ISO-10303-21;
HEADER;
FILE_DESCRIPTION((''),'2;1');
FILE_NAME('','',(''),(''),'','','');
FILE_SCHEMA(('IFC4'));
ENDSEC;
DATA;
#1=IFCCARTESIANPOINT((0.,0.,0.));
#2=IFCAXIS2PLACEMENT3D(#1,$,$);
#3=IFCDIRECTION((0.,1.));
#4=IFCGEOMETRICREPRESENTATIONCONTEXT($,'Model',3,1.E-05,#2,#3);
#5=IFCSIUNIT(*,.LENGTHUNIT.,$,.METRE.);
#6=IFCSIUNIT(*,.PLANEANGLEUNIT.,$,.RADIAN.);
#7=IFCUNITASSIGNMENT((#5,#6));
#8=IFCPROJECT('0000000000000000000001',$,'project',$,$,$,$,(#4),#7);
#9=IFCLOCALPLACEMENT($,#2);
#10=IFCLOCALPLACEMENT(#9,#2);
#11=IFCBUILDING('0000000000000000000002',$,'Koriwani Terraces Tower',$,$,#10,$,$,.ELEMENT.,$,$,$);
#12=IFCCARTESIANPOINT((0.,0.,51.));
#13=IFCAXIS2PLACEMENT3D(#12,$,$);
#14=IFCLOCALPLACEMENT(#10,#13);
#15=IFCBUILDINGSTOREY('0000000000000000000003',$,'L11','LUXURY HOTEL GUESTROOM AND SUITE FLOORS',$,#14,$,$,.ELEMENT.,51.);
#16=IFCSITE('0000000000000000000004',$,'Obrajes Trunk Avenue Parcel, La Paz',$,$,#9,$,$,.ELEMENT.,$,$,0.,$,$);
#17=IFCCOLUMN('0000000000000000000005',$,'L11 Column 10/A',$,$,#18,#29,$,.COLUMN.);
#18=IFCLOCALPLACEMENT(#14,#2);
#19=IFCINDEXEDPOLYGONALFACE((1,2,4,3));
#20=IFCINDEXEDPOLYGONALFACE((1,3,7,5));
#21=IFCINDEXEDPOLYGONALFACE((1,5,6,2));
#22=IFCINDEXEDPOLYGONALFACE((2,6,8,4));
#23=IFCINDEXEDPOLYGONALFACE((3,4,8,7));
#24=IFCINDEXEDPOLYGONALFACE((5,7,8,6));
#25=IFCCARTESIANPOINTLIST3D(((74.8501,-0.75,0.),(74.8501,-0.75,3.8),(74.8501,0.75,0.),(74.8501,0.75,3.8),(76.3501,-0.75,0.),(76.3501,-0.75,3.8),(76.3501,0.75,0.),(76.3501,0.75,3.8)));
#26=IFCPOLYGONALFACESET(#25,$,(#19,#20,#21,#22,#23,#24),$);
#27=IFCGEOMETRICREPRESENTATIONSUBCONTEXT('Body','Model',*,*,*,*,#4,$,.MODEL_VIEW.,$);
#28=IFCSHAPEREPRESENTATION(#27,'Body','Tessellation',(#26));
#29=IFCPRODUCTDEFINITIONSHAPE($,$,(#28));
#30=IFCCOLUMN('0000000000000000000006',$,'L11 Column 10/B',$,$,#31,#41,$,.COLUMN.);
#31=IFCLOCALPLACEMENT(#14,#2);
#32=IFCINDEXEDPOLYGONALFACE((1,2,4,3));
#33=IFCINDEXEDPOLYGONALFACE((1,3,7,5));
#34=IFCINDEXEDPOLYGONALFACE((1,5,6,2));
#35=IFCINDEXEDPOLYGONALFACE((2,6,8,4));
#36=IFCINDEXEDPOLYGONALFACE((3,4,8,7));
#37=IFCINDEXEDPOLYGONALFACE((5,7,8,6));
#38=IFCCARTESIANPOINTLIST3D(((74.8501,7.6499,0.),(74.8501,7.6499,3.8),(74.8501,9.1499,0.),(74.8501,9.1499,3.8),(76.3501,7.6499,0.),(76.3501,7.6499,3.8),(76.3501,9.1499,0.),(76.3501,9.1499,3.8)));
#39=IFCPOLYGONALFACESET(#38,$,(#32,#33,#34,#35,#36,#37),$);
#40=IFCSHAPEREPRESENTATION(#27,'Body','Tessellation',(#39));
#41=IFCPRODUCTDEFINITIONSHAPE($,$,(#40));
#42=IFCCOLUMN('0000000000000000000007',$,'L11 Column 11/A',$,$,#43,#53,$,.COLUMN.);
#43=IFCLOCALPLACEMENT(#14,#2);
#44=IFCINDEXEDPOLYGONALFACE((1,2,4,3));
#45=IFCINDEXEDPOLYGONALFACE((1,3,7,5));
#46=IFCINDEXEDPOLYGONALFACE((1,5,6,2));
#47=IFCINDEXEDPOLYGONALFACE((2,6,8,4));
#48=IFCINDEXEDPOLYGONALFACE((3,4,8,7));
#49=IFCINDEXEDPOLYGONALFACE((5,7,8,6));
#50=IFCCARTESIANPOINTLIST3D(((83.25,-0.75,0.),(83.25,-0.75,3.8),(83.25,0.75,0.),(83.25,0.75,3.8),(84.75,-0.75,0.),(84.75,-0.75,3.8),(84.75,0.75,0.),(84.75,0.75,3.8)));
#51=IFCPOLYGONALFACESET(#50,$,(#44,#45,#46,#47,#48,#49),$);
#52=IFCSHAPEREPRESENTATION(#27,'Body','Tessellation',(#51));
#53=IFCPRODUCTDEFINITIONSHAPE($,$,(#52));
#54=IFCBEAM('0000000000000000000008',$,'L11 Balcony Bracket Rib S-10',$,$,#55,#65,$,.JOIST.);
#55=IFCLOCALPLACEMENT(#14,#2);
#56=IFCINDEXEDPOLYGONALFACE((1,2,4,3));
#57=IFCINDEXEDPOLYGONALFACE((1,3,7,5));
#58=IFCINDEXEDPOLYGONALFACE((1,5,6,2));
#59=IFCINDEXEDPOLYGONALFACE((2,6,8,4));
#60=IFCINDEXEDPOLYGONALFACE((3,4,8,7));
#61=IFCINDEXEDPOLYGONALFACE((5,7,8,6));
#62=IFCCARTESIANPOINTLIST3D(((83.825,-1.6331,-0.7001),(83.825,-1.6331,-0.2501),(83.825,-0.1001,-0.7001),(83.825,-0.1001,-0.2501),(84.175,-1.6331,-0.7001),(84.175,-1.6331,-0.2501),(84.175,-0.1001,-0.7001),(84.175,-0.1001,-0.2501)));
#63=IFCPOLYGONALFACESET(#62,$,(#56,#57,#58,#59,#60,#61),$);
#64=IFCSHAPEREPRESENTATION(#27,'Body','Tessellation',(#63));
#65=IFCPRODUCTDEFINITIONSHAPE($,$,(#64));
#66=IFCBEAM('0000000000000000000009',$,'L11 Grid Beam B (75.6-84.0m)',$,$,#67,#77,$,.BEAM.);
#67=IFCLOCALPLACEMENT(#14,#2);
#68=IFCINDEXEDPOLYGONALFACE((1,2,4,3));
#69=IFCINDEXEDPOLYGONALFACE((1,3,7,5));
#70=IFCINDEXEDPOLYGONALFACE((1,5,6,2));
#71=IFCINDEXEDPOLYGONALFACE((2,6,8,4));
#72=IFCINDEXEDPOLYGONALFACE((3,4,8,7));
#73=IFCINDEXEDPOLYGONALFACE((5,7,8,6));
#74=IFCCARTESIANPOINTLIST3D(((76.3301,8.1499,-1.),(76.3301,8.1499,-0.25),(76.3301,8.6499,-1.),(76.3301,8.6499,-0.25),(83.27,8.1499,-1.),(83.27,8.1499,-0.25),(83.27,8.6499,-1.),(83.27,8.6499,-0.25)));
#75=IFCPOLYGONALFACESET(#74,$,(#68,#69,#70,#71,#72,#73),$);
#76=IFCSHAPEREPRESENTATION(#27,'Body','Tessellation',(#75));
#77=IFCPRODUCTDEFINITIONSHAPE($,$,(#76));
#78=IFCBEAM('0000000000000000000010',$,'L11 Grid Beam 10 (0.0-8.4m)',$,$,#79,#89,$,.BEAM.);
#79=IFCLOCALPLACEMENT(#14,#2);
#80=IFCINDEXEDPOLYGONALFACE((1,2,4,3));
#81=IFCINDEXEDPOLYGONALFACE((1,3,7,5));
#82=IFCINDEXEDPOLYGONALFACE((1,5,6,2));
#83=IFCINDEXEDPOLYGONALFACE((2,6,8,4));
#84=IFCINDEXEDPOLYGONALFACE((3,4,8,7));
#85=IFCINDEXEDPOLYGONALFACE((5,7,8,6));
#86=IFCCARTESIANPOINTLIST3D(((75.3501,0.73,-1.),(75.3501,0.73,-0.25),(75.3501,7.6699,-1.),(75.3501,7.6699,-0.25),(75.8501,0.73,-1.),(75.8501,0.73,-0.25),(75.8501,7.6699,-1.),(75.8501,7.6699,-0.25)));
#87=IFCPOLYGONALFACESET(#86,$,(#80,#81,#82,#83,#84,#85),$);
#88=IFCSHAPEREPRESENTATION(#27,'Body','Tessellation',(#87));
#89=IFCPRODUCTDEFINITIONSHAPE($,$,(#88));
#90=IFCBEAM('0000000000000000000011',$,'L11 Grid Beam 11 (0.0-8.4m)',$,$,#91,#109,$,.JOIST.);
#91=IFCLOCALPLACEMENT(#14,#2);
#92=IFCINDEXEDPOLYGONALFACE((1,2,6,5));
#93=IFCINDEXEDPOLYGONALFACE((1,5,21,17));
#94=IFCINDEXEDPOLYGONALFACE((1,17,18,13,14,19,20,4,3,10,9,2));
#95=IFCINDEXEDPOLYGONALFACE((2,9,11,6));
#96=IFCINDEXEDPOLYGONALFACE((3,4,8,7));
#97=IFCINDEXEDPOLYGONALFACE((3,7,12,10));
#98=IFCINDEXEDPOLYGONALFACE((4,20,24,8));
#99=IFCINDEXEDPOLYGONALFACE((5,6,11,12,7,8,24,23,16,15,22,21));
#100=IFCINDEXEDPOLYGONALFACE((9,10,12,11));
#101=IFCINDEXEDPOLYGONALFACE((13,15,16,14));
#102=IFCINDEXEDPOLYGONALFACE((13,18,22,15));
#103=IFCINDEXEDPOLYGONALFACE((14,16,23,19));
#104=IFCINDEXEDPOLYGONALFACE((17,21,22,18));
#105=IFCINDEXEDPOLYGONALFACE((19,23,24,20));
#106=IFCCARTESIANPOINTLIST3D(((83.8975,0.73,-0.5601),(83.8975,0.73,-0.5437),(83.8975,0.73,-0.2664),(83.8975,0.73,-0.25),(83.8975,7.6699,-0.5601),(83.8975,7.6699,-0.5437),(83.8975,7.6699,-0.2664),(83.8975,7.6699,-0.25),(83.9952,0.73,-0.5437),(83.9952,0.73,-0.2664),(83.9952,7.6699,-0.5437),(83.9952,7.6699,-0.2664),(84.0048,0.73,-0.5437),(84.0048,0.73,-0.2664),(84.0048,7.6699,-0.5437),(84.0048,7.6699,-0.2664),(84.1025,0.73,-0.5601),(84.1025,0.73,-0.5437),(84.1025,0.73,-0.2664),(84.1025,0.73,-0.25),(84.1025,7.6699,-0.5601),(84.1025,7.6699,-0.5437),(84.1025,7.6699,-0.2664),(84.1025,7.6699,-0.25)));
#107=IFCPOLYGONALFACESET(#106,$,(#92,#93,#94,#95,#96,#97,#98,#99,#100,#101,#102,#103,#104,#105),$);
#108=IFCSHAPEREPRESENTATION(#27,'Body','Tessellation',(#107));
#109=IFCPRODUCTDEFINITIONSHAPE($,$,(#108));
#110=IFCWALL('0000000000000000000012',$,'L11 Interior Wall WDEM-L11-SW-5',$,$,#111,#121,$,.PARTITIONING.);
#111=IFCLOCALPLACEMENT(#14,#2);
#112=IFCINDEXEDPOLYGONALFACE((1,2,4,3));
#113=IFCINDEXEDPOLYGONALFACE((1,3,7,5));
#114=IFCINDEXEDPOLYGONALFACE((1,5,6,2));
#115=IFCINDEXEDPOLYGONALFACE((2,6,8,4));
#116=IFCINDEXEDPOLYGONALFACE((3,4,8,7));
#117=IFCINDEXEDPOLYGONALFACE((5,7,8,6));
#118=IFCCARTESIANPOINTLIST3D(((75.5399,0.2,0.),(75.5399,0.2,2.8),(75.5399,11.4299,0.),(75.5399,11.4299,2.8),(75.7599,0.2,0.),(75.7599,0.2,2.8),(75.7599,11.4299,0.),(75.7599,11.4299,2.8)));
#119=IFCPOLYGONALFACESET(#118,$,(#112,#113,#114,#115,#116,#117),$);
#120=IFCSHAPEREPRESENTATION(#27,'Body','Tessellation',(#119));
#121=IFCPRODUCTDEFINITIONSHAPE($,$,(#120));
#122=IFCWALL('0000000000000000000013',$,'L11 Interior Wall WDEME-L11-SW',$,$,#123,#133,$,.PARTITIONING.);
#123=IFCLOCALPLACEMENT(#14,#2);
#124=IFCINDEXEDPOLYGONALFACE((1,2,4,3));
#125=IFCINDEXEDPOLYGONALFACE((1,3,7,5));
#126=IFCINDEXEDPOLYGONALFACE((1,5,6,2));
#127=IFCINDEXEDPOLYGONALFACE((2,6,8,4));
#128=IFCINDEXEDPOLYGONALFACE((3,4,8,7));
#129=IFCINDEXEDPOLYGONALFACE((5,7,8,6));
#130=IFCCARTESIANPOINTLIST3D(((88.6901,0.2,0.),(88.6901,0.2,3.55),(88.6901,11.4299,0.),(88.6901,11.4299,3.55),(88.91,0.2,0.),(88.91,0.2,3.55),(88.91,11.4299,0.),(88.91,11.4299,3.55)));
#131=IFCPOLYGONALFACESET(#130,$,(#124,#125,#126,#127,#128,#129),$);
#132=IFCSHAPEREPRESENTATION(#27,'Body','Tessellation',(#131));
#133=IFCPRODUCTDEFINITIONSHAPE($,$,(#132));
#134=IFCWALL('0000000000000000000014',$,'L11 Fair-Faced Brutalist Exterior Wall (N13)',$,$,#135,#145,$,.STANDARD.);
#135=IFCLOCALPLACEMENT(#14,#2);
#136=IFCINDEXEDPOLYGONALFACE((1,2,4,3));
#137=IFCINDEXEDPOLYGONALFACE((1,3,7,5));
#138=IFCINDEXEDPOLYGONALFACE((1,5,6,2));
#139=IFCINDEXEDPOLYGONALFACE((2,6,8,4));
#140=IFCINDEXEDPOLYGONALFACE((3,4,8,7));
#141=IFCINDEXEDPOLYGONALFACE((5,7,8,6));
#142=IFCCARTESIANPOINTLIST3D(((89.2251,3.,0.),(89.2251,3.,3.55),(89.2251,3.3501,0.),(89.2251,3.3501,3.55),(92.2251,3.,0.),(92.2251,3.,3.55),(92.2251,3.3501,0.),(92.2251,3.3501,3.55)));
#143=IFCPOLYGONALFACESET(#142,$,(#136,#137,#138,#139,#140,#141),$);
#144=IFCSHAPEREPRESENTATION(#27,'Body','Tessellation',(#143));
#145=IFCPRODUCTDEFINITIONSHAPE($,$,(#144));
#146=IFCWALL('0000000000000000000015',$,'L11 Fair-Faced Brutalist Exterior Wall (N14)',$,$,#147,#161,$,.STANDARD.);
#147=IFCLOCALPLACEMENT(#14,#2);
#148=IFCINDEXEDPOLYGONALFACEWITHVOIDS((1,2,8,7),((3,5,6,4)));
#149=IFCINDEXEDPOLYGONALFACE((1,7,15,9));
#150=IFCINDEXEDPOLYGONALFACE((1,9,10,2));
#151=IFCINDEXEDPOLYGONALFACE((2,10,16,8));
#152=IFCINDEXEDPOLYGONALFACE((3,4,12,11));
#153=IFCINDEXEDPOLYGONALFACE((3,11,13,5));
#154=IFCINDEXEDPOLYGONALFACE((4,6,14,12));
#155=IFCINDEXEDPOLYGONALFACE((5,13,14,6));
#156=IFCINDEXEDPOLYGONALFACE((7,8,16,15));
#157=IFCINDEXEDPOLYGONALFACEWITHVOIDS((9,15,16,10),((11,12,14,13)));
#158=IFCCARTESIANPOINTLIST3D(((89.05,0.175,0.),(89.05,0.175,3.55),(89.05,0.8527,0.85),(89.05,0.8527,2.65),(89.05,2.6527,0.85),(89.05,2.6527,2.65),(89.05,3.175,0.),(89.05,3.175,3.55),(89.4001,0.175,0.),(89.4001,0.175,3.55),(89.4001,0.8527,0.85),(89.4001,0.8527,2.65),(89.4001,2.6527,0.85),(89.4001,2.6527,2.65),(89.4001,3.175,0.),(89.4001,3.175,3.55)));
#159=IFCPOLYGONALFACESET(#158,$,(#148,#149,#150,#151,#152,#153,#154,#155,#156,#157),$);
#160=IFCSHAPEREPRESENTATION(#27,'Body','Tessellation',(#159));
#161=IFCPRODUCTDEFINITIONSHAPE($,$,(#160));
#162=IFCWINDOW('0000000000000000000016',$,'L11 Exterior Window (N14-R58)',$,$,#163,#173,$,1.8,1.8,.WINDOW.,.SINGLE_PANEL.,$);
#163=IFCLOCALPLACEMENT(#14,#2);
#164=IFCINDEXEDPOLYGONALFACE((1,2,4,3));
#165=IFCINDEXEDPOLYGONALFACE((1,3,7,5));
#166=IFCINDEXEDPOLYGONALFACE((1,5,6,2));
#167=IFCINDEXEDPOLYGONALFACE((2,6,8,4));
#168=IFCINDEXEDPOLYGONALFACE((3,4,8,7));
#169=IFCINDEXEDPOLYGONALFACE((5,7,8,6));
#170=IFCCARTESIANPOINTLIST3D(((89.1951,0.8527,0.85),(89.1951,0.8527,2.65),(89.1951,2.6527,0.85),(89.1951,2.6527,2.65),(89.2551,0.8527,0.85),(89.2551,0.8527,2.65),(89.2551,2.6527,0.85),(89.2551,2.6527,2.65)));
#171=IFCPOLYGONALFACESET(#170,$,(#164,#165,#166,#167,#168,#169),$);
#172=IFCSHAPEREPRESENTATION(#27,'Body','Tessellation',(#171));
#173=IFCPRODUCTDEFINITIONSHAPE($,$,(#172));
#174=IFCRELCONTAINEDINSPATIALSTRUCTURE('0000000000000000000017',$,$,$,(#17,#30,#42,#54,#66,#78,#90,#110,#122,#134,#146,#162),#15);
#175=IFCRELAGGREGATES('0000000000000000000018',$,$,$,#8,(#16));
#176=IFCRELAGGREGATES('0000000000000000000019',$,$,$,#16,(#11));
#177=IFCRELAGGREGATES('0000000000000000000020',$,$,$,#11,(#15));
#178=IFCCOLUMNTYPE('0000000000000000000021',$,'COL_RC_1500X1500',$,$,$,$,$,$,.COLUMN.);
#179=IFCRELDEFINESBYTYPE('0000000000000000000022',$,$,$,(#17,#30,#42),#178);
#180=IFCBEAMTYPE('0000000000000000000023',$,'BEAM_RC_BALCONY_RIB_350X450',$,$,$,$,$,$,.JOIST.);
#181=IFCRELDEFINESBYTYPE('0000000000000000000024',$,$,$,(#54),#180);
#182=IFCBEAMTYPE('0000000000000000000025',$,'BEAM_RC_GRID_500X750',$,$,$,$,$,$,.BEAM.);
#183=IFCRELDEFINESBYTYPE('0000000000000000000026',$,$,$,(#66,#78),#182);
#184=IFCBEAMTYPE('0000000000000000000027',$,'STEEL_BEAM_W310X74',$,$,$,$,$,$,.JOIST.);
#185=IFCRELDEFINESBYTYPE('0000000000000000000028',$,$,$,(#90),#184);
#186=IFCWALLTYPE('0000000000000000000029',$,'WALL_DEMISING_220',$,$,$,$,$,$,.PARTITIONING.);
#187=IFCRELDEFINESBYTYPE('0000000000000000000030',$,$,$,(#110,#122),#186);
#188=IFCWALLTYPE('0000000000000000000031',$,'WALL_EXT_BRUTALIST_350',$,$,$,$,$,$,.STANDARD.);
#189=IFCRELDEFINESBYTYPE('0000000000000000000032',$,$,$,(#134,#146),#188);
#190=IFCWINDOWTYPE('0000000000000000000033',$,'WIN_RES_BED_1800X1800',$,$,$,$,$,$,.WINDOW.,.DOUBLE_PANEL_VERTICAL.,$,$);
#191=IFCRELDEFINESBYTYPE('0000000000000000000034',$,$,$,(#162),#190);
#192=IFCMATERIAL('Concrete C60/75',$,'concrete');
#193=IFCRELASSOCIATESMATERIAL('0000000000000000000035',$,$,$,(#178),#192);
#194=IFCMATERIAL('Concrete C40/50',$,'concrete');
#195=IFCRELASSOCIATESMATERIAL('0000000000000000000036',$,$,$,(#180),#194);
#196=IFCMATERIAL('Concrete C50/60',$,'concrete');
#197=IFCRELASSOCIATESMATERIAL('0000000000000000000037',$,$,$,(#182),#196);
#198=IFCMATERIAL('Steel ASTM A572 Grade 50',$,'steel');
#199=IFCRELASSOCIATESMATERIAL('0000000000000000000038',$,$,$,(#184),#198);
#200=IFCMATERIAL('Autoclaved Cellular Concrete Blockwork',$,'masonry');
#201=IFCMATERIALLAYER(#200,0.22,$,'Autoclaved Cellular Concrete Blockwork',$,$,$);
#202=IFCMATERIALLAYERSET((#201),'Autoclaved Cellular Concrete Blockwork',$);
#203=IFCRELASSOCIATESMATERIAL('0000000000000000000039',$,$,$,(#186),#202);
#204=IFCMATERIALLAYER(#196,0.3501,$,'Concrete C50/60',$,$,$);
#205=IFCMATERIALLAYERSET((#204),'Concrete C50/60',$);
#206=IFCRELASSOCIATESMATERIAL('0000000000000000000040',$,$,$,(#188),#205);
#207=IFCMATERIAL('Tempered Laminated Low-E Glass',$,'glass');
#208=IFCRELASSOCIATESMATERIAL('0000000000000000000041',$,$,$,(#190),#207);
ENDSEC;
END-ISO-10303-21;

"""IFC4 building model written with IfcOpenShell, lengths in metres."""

from ifc_helpers import new_model, si_unit, direction, frame, frame_2d, origin, origin_2d, place, context, subcontext, project, spatial, rectangle, i_section, extrude, material, layer, layer_set, material_profile, profile_set, type_object, element, fill, save


model = new_model("IFC4")

# Units and contexts
model_context = context("Model", 3, precision=1e-05, world=origin(), true_north=direction((0.0, 1.0)))
body_context = subcontext(model_context, "Body", "Model", "MODEL_VIEW")
ifc_project = project(units=[si_unit("LENGTHUNIT", "METRE"), si_unit("PLANEANGLEUNIT", "RADIAN")], contexts=[model_context])

# Site, building, storey
site_placement = place(None, origin())
site = spatial("IfcSite", under=ifc_project, at=site_placement, Name="Obrajes Trunk Avenue Parcel, La Paz", CompositionType="ELEMENT", RefElevation=0.0)
building_placement = place(site_placement, origin())
building = spatial("IfcBuilding", under=site, at=building_placement, Name="Koriwani Terraces Tower", CompositionType="ELEMENT")
storey_placement = place(building_placement, frame((0.0, 0.0, 51.0)))
storey = spatial("IfcBuildingStorey", under=building, at=storey_placement, Name="L11", Description="LUXURY HOTEL GUESTROOM AND SUITE FLOORS", CompositionType="ELEMENT", Elevation=51.0)

# Columns
ifc_material_1 = material(Name="Concrete C60/75", Category="concrete")
ifc_material_profile_1 = material_profile(ifc_material_1, rectangle(XDim=1.5, YDim=1.5, at=origin_2d()), Name="Concrete C60/75", Category="LoadBearing")
ifc_profile_set_1 = profile_set([ifc_material_profile_1], Name="Concrete C60/75")
column_type = type_object("IfcColumnType", Name="COL_RC_1500X1500", PredefinedType="COLUMN", material=ifc_profile_set_1)
for number, where, z_axis, x_axis, name in (
    (1, (75.6001, 0.0, 0.0), (0.0, 0.0, 1.0), (1.0, 0.0, 0.0), "L11 Column 10/A"),
    (2, (75.6001, 8.3999, 0.0), (0.0, 0.0, 1.0), (1.0, 0.0, 0.0), "L11 Column 10/B"),
    (3, (84.0, 0.0, 0.0), (0.0, 0.0, 1.0), (1.0, 0.0, 0.0), "L11 Column 11/A"),
):
    element("IfcColumn", number, at=place(storey_placement, frame(where, z_axis=z_axis, x_axis=x_axis)), inside=storey, type_object=column_type, Name=name, PredefinedType="COLUMN", context=body_context, shape_type="SweptSolid", body=[
        extrude(rectangle(XDim=1.5, YDim=1.5, at=origin_2d()), origin(), (0.0, 0.0, 1.0), 3.8),
    ])

# Beams
ifc_material_2 = material(Name="Concrete C40/50", Category="concrete")
ifc_material_profile_2 = material_profile(ifc_material_2, rectangle(XDim=0.3501, YDim=0.45, at=origin_2d()), Name="Concrete C40/50", Category="LoadBearing")
ifc_profile_set_2 = profile_set([ifc_material_profile_2], Name="Concrete C40/50")
beam_type_1 = type_object("IfcBeamType", Name="BEAM_RC_BALCONY_RIB_350X450", PredefinedType="JOIST", material=ifc_profile_set_2)
beam_1_placement = place(storey_placement, frame((84.0, -1.6331, -0.4751), z_axis=(0.0, 1.0, 0.0), x_axis=(-1.0, 0.0, 0.0)))
element("IfcBeam", 4, at=beam_1_placement, inside=storey, type_object=beam_type_1, Name="L11 Balcony Bracket Rib S-10", PredefinedType="JOIST", context=body_context, shape_type="SweptSolid", body=[
    extrude(rectangle(XDim=0.3501, YDim=0.45, at=origin_2d()), origin(), (0.0, 0.0, 1.0), 1.533),
])
ifc_material_3 = material(Name="Concrete C50/60", Category="concrete")
ifc_material_profile_3 = material_profile(ifc_material_3, rectangle(XDim=0.5, YDim=0.75, at=origin_2d()), Name="Concrete C50/60", Category="LoadBearing")
ifc_profile_set_3 = profile_set([ifc_material_profile_3], Name="Concrete C50/60")
beam_type_2 = type_object("IfcBeamType", Name="BEAM_RC_GRID_500X750", PredefinedType="BEAM", material=ifc_profile_set_3)
for number, where, z_axis, x_axis, name in (
    (5, (76.3301, 8.3999, -0.625), (1.0, 0.0, 0.0), (0.0, 1.0, 0.0), "L11 Grid Beam B (75.6-84.0m)"),
    (6, (75.6001, 0.73, -0.625), (0.0, 1.0, 0.0), (-1.0, 0.0, 0.0), "L11 Grid Beam 10 (0.0-8.4m)"),
):
    element("IfcBeam", number, at=place(storey_placement, frame(where, z_axis=z_axis, x_axis=x_axis)), inside=storey, type_object=beam_type_2, Name=name, PredefinedType="BEAM", context=body_context, shape_type="SweptSolid", body=[
        extrude(rectangle(XDim=0.5, YDim=0.75, at=origin_2d()), origin(), (0.0, 0.0, 1.0), 6.9399),
    ])
ifc_material_4 = material(Name="Steel ASTM A572 Grade 50", Category="steel")
ifc_material_profile_4 = material_profile(ifc_material_4, i_section(OverallWidth=0.2051, OverallDepth=0.3101, WebThickness=0.0095, FlangeThickness=0.0164, at=origin_2d()), Name="Steel ASTM A572 Grade 50", Category="LoadBearing")
ifc_profile_set_4 = profile_set([ifc_material_profile_4], Name="Steel ASTM A572 Grade 50")
beam_type_3 = type_object("IfcBeamType", Name="STEEL_BEAM_W310X74", PredefinedType="JOIST", material=ifc_profile_set_4)
beam_2_placement = place(storey_placement, frame((84.0, 0.73, -0.405), z_axis=(0.0, 1.0, 0.0), x_axis=(-1.0, 0.0, 0.0)))
element("IfcBeam", 7, at=beam_2_placement, inside=storey, type_object=beam_type_3, Name="L11 Grid Beam 11 (0.0-8.4m)", PredefinedType="JOIST", context=body_context, shape_type="SweptSolid", body=[
    extrude(i_section(OverallWidth=0.2051, OverallDepth=0.3101, WebThickness=0.0095, FlangeThickness=0.0164, at=origin_2d()), origin(), (0.0, 0.0, 1.0), 6.9399),
])

# Walls
ifc_material_5 = material(Name="Autoclaved Cellular Concrete Blockwork", Category="masonry")
ifc_layer_1 = layer(ifc_material_5, 0.22, Name="Autoclaved Cellular Concrete Blockwork")
ifc_layer_set_1 = layer_set([ifc_layer_1], Name="Autoclaved Cellular Concrete Blockwork")
wall_type_1 = type_object("IfcWallType", Name="WALL_DEMISING_220", PredefinedType="PARTITIONING", material=ifc_layer_set_1)
wall_1_placement = place(storey_placement, frame((75.6499, 0.2, 0.0), z_axis=(0.0, 0.0, 1.0), x_axis=(0.0, 1.0, 0.0)))
element("IfcWall", 8, at=wall_1_placement, inside=storey, type_object=wall_type_1, Name="L11 Interior Wall WDEM-L11-SW-5", PredefinedType="PARTITIONING", context=body_context, shape_type="SweptSolid", body=[
    extrude(rectangle(XDim=11.23, YDim=0.22, at=frame_2d((5.615, 0.0))), origin(), (0.0, 0.0, 1.0), 2.8),
])
wall_2_placement = place(storey_placement, frame((88.8, 0.2, 0.0), z_axis=(0.0, 0.0, 1.0), x_axis=(0.0, 1.0, 0.0)))
element("IfcWall", 9, at=wall_2_placement, inside=storey, type_object=wall_type_1, Name="L11 Interior Wall WDEME-L11-SW", PredefinedType="PARTITIONING", context=body_context, shape_type="SweptSolid", body=[
    extrude(rectangle(XDim=11.23, YDim=0.22, at=frame_2d((5.615, 0.0))), origin(), (0.0, 0.0, 1.0), 3.55),
])
ifc_layer_2 = layer(ifc_material_3, 0.3501, Name="Concrete C50/60")
ifc_layer_set_2 = layer_set([ifc_layer_2], Name="Concrete C50/60")
wall_type_2 = type_object("IfcWallType", Name="WALL_EXT_BRUTALIST_350", PredefinedType="STANDARD", material=ifc_layer_set_2)
wall_3_placement = place(storey_placement, frame((92.2251, 3.175, 0.0), z_axis=(0.0, 0.0, 1.0), x_axis=(-1.0, 0.0, 0.0)))
element("IfcWall", 10, at=wall_3_placement, inside=storey, type_object=wall_type_2, Name="L11 Fair-Faced Brutalist Exterior Wall (N13)", PredefinedType="STANDARD", context=body_context, shape_type="SweptSolid", body=[
    extrude(rectangle(XDim=3.0, YDim=0.3501, at=frame_2d((1.5, 0.0))), origin(), (0.0, 0.0, 1.0), 3.55),
])

# Wall, opening, window
wall_4_placement = place(storey_placement, frame((89.2251, 3.175, 0.0), z_axis=(0.0, 0.0, 1.0), x_axis=(0.0, -1.0, 0.0)))
wall_4 = element("IfcWall", 11, at=wall_4_placement, inside=storey, type_object=wall_type_2, Name="L11 Fair-Faced Brutalist Exterior Wall (N14)", PredefinedType="STANDARD", context=body_context, shape_type="SweptSolid", body=[
    extrude(rectangle(XDim=3.0, YDim=0.3501, at=frame_2d((1.5, 0.0))), origin(), (0.0, 0.0, 1.0), 3.55),
])
opening_1_placement = place(wall_4_placement, frame((0.5225, 0.0, 0.8501)))
opening_1 = element("IfcOpeningElement", 12, at=opening_1_placement, cuts=wall_4, PredefinedType="OPENING", context=body_context, shape_type="SweptSolid", body=[
    extrude(rectangle(XDim=1.8, YDim=1.8, at=frame_2d((0.8999, 0.8999))), frame((0.0, 0.1851, 0.0), z_axis=(0.0, -1.0, 0.0), x_axis=(1.0, 0.0, 0.0)), (0.0, 0.0, 1.0), 0.3701),
])
ifc_material_6 = material(Name="Tempered Laminated Low-E Glass", Category="glass")
window_type_1 = type_object("IfcWindowType", Name="WIN_RES_BED_1800X1800", PartitioningType="DOUBLE_PANEL_VERTICAL", PredefinedType="WINDOW", material=ifc_material_6)
window_1_placement = place(opening_1_placement, origin())
window_1 = element("IfcWindow", 13, at=window_1_placement, inside=storey, type_object=window_type_1, Name="L11 Exterior Window (N14-R58)", OverallHeight=1.8, OverallWidth=1.8, PartitioningType="SINGLE_PANEL", PredefinedType="WINDOW", context=body_context, shape_type="SweptSolid", body=[
    extrude(rectangle(XDim=1.8, YDim=1.8, at=frame_2d((0.8999, 0.8999))), frame((0.0, 0.03, 0.0), z_axis=(0.0, -1.0, 0.0), x_axis=(1.0, 0.0, 0.0)), (0.0, 0.0, 1.0), 0.0601),
])
fill(opening_1, window_1)

save(model, "model.ifc")
